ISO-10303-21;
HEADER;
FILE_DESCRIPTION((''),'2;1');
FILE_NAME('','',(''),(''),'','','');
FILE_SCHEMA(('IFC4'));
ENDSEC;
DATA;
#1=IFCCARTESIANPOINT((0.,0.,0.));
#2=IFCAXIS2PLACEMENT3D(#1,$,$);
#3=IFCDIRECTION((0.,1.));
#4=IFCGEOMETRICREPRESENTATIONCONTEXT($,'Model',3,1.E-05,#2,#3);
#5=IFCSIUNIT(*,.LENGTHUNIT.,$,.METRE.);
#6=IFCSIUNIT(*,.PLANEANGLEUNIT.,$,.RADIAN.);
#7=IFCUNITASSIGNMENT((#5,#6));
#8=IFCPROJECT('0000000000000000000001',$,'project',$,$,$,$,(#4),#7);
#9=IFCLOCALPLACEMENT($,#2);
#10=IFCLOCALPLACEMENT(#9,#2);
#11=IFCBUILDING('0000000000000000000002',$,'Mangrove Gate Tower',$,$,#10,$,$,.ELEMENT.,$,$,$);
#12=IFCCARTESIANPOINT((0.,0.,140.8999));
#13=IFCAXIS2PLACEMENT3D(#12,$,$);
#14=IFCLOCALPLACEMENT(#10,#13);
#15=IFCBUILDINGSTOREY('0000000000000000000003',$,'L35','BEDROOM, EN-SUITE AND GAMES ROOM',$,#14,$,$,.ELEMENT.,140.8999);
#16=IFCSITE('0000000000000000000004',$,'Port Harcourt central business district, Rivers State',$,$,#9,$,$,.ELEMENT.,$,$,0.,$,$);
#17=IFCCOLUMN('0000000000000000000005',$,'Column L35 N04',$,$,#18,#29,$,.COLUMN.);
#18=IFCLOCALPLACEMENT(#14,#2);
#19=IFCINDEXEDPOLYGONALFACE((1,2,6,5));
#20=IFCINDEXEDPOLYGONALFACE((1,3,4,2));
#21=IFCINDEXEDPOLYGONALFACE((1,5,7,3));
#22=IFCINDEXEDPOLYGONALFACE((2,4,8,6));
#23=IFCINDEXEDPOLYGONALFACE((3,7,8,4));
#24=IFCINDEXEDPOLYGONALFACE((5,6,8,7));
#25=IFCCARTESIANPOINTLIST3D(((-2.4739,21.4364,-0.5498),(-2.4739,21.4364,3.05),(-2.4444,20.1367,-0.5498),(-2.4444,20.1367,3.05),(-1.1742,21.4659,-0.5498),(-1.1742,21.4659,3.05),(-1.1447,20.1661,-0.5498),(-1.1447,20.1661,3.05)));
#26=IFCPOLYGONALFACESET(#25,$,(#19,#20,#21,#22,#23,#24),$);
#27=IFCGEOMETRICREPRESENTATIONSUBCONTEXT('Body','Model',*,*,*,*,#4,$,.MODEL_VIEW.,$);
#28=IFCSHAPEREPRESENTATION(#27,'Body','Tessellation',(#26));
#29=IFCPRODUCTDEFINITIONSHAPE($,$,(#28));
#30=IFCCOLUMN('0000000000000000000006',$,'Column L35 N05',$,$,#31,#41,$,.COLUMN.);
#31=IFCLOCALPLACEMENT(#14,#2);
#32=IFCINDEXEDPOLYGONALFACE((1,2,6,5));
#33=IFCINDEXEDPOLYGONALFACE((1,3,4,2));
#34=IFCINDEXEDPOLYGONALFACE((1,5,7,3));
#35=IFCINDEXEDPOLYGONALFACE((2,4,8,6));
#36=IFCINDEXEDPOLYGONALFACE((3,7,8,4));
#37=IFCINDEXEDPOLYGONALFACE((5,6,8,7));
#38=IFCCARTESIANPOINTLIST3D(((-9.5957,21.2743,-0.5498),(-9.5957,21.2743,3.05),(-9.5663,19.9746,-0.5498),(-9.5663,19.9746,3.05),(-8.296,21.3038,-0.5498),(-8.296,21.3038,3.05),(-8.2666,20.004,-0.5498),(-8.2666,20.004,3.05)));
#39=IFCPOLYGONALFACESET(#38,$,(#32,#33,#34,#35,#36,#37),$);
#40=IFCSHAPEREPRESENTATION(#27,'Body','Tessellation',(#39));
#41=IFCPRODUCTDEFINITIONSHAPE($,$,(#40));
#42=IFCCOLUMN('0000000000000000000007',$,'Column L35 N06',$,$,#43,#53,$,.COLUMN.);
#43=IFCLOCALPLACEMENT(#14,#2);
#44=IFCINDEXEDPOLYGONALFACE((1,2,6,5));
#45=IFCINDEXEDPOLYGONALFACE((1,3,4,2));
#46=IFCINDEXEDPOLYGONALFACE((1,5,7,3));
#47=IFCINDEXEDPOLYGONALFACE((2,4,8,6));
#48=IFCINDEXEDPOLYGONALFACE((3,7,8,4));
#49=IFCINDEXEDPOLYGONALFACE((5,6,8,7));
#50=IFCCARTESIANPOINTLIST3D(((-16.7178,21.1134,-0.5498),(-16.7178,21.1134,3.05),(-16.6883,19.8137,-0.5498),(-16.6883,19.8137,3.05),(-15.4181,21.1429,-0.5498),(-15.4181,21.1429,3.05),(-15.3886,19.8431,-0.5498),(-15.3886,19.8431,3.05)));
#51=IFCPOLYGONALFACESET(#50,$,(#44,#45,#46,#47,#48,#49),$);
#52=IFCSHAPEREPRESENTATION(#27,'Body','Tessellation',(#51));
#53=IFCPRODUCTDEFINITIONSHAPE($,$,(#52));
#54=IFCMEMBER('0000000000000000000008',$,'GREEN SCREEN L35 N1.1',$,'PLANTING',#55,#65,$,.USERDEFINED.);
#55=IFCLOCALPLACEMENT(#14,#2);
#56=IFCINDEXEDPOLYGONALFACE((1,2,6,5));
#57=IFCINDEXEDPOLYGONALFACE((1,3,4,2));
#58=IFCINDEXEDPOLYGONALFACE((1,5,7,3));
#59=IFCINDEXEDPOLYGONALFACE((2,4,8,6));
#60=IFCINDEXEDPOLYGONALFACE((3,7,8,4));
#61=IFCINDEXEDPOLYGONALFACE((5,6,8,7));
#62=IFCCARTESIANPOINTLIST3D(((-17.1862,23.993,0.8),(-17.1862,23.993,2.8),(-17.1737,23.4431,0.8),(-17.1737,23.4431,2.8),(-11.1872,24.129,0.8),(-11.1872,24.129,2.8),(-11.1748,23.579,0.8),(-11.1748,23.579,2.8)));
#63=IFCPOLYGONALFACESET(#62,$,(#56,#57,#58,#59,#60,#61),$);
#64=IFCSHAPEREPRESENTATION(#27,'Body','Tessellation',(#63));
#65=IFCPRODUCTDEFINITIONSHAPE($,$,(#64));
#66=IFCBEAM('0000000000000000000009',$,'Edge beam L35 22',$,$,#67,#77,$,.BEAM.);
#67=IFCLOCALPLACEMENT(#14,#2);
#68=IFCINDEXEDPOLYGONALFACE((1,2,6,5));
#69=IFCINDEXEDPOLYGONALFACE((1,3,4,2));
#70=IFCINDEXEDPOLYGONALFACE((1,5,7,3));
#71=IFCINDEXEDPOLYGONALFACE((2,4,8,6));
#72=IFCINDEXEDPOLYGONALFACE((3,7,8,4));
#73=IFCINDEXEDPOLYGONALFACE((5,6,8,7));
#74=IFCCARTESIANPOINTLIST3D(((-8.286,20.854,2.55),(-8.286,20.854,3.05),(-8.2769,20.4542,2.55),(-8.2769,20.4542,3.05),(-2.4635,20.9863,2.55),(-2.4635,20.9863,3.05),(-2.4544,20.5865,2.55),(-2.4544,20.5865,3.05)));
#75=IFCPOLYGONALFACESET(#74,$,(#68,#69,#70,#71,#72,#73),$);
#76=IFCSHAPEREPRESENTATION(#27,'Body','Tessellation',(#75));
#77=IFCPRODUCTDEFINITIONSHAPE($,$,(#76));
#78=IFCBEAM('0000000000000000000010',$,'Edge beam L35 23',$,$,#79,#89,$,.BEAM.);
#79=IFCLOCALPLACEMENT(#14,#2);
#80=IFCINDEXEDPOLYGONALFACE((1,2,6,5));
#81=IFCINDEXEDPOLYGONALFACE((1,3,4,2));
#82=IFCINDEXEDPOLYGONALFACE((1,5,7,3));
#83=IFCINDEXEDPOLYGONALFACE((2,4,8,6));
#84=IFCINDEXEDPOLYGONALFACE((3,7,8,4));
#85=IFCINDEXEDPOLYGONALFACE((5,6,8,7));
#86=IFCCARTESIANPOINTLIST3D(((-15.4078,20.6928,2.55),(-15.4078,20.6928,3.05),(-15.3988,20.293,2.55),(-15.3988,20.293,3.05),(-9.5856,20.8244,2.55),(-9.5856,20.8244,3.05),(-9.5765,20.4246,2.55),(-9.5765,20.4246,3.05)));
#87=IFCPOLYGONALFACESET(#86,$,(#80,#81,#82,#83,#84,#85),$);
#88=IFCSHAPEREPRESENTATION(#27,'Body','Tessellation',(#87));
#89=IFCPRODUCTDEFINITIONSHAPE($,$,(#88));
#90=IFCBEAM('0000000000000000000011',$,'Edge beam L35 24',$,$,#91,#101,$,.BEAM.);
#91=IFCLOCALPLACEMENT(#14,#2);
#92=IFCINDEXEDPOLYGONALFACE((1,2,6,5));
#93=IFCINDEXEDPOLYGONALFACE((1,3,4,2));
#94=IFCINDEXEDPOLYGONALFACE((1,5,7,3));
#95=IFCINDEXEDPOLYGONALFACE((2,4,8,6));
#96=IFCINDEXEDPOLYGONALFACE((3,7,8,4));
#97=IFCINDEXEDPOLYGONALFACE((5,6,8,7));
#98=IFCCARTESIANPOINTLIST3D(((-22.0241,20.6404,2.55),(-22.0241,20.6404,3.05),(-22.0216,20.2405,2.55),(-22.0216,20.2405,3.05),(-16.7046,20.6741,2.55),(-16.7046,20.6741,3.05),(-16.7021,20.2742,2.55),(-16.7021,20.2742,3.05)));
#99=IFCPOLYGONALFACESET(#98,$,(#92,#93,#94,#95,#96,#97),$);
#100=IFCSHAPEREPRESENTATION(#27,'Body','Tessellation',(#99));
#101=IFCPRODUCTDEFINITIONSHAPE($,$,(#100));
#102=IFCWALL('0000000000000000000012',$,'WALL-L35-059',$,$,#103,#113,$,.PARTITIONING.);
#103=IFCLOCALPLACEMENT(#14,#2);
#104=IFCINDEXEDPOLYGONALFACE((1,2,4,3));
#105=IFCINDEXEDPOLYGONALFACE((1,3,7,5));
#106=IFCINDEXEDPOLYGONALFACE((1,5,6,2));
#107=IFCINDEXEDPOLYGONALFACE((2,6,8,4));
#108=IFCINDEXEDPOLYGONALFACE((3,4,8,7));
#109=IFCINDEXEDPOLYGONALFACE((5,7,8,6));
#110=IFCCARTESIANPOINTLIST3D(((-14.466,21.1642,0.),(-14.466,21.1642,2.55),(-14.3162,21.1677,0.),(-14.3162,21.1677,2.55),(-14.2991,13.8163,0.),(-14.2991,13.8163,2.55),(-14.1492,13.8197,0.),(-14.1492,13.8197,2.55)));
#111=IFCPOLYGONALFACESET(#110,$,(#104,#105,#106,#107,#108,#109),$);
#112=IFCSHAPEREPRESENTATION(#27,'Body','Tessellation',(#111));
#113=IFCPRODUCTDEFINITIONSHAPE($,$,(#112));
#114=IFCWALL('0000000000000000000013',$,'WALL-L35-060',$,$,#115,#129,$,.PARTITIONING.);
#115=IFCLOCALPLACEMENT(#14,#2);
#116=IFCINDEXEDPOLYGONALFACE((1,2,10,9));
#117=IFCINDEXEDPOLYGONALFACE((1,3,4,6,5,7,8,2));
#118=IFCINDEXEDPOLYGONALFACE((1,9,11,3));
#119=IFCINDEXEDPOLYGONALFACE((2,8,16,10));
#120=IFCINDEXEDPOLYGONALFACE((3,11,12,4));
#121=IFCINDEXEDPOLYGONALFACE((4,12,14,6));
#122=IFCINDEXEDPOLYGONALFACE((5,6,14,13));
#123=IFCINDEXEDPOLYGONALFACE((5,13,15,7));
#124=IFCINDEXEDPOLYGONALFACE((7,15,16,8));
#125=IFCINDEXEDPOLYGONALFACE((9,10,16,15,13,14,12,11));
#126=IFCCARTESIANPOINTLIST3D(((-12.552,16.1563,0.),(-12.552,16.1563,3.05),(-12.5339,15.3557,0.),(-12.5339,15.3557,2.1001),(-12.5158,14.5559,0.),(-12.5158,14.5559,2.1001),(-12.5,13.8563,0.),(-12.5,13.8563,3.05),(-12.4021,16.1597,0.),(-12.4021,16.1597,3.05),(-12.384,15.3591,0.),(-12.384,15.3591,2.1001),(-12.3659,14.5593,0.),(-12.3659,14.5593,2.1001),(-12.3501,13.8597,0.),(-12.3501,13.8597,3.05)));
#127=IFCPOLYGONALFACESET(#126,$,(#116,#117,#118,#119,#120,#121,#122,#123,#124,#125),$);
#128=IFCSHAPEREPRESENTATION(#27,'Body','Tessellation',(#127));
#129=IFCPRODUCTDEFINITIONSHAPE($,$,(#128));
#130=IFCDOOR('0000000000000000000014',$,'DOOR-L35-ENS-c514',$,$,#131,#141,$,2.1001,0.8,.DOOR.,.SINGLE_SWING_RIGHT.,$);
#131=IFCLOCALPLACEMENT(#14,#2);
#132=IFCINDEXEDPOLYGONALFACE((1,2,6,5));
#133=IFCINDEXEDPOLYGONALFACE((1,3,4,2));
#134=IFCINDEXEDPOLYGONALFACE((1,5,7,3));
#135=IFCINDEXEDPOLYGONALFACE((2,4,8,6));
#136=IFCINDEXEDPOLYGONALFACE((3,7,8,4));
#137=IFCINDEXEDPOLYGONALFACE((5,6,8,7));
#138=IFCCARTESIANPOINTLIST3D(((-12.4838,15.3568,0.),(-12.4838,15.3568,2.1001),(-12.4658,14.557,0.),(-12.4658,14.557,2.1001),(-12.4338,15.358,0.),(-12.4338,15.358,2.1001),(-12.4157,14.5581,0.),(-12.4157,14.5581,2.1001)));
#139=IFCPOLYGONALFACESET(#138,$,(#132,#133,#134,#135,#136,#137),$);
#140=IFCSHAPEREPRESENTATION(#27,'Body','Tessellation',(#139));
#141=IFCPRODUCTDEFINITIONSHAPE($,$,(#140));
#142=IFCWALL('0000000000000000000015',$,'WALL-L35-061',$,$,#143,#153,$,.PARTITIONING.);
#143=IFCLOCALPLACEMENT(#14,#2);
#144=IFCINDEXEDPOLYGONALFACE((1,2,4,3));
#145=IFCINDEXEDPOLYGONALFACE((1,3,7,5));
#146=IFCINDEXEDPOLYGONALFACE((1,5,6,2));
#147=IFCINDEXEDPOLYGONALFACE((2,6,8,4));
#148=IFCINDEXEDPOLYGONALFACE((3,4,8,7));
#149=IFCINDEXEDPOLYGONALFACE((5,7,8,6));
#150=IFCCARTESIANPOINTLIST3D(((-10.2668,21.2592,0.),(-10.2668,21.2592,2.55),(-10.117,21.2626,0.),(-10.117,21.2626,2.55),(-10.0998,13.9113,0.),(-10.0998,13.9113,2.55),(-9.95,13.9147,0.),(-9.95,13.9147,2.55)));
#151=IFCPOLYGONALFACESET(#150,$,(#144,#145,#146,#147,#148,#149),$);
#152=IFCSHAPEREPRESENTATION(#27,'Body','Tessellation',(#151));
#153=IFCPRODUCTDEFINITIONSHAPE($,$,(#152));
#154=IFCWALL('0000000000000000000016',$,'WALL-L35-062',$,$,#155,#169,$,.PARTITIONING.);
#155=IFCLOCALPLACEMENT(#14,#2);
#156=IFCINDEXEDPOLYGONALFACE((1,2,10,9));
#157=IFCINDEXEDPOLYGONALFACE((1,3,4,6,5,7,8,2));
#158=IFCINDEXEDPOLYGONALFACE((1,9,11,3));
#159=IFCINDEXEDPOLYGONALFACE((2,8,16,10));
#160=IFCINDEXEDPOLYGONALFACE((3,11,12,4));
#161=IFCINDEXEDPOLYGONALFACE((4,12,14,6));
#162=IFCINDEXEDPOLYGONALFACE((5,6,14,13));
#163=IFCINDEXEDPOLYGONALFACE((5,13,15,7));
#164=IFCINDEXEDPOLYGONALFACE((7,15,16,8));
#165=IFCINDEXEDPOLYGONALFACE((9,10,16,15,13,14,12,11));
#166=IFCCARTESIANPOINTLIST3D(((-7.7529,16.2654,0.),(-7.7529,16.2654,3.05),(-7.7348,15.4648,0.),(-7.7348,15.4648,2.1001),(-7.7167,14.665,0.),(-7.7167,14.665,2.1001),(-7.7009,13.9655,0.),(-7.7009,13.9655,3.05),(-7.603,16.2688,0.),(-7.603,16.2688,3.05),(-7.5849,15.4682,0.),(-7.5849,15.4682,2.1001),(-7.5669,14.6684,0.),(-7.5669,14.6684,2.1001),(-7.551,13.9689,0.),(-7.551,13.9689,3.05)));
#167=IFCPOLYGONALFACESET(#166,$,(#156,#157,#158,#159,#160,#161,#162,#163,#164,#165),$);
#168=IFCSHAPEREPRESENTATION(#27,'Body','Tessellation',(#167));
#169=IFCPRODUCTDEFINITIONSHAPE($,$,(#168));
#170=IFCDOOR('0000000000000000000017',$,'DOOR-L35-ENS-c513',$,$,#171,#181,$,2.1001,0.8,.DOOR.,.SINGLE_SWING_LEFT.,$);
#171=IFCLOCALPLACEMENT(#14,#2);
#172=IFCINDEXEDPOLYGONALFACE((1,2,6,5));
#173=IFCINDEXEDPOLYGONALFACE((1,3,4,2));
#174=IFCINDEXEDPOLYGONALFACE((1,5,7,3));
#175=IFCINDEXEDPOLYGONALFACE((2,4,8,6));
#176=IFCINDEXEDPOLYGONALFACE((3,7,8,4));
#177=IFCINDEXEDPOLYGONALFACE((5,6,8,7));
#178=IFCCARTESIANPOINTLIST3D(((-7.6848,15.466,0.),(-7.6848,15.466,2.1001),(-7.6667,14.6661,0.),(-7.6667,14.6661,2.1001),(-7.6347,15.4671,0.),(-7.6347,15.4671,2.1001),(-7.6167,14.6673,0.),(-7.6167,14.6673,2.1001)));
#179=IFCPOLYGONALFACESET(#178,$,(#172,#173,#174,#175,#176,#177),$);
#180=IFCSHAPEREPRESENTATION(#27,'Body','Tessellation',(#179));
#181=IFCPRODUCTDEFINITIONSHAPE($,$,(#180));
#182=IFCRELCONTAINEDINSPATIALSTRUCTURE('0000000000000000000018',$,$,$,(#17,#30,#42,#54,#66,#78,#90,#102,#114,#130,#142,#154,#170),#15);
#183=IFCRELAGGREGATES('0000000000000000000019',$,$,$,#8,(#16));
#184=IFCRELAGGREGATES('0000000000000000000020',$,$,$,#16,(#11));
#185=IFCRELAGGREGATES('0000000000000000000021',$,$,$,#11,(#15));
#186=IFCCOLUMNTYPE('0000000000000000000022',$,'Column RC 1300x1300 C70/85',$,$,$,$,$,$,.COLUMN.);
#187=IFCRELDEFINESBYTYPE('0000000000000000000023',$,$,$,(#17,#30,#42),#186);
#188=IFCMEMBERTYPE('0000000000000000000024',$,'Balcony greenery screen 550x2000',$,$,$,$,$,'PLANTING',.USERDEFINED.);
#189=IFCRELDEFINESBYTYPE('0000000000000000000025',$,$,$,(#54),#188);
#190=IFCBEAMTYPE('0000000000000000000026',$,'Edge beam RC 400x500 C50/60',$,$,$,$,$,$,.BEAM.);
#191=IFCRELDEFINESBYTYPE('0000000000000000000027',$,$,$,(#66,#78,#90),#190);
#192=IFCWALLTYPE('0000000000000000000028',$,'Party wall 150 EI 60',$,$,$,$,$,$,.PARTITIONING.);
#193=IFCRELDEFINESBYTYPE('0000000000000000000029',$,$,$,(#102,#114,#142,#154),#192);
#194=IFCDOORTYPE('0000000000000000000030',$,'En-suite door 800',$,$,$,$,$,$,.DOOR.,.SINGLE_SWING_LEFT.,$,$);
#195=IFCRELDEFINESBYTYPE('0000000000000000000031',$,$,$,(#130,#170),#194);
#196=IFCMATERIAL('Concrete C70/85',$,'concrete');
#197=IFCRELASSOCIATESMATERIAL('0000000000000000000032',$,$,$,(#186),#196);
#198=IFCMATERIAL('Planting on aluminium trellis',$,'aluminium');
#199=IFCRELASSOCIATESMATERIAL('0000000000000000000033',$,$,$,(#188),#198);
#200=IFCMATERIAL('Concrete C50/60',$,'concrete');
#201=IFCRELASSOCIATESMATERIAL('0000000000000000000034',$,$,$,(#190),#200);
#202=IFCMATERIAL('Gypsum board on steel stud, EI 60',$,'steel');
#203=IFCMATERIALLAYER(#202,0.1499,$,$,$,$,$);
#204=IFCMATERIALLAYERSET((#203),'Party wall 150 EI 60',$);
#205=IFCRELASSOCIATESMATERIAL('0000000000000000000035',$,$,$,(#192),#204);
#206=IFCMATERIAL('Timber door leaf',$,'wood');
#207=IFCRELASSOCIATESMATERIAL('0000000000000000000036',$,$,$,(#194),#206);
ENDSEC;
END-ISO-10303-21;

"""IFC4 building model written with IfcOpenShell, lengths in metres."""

from ifc_helpers import new_model, si_unit, direction, frame, frame_2d, origin, origin_2d, place, context, subcontext, project, spatial, rectangle, extrude, material, layer, layer_set, material_profile, profile_set, type_object, element, fill, save


model = new_model("IFC4")

# Units and contexts
model_context = context("Model", 3, precision=1e-05, world=origin(), true_north=direction((0.0, 1.0)))
body_context = subcontext(model_context, "Body", "Model", "MODEL_VIEW")
ifc_project = project(units=[si_unit("LENGTHUNIT", "METRE"), si_unit("PLANEANGLEUNIT", "RADIAN")], contexts=[model_context])

# Site, building, storey
site_placement = place(None, origin())
site = spatial("IfcSite", under=ifc_project, at=site_placement, Name="Port Harcourt central business district, Rivers State", CompositionType="ELEMENT", RefElevation=0.0)
building_placement = place(site_placement, origin())
building = spatial("IfcBuilding", under=site, at=building_placement, Name="Mangrove Gate Tower", CompositionType="ELEMENT")
storey_placement = place(building_placement, frame((0.0, 0.0, 140.8999)))
storey = spatial("IfcBuildingStorey", under=building, at=storey_placement, Name="L35", Description="BEDROOM, EN-SUITE AND GAMES ROOM", CompositionType="ELEMENT", Elevation=140.8999)

# Columns
ifc_material_1 = material(Name="Concrete C70/85", Category="concrete")
ifc_material_profile_1 = material_profile(ifc_material_1, rectangle(XDim=1.3, YDim=1.3, at=origin_2d()))
ifc_profile_set_1 = profile_set([ifc_material_profile_1], Name="Concrete C70/85")
column_type = type_object("IfcColumnType", Name="Column RC 1300x1300 C70/85", PredefinedType="COLUMN", material=ifc_profile_set_1)
for number, where, z_axis, x_axis, name in (
    (1, (-1.8093, 20.8013, -0.5498), (0.0, 0.0, 1.0), (-0.999743, -0.02267, 0.0), "Column L35 N04"),
    (2, (-8.9312, 20.6392, -0.5498), (0.0, 0.0, 1.0), (-0.999743, -0.02267, 0.0), "Column L35 N05"),
    (3, (-16.0532, 20.4783, -0.5498), (0.0, 0.0, 1.0), (-0.999743, -0.022669, 0.0), "Column L35 N06"),
):
    element("IfcColumn", number, at=place(storey_placement, frame(where, z_axis=z_axis, x_axis=x_axis)), inside=storey, type_object=column_type, Name=name, PredefinedType="COLUMN", context=body_context, shape_type="SweptSolid", body=[
        extrude(rectangle(XDim=1.3, YDim=1.3, at=origin_2d()), origin(), (0.0, 0.0, 1.0), 3.5999),
    ])

# Member
ifc_material_2 = material(Name="Planting on aluminium trellis", Category="aluminium")
ifc_material_profile_2 = material_profile(ifc_material_2, rectangle(XDim=0.55, YDim=2.0, at=origin_2d()))
ifc_profile_set_2 = profile_set([ifc_material_profile_2], Name="Planting on aluminium trellis")
member_type = type_object("IfcMemberType", Name="Balcony greenery screen 550x2000", ElementType="PLANTING", PredefinedType="USERDEFINED", material=ifc_profile_set_2)
member_placement = place(storey_placement, frame((-17.1799, 23.718, 1.8), z_axis=(0.999743, 0.022662, 0.0), x_axis=(-0.022662, 0.999743, 0.0)))
element("IfcMember", 4, at=member_placement, inside=storey, type_object=member_type, Name="GREEN SCREEN L35 N1.1", ObjectType="PLANTING", PredefinedType="USERDEFINED", context=body_context, shape_type="SweptSolid", body=[
    extrude(rectangle(XDim=0.55, YDim=2.0, at=origin_2d()), origin(), (0.0, 0.0, 1.0), 6.0005),
])

# Beams
ifc_material_3 = material(Name="Concrete C50/60", Category="concrete")
ifc_material_profile_3 = material_profile(ifc_material_3, rectangle(XDim=0.3999, YDim=0.5, at=origin_2d()))
ifc_profile_set_3 = profile_set([ifc_material_profile_3], Name="Concrete C50/60")
beam_type = type_object("IfcBeamType", Name="Edge beam RC 400x500 C50/60", PredefinedType="BEAM", material=ifc_profile_set_3)
beam_1_placement = place(storey_placement, frame((-2.459, 20.7864, 2.8), z_axis=(-0.999742, -0.02272, 0.0), x_axis=(0.02272, -0.999742, 0.0)))
element("IfcBeam", 5, at=beam_1_placement, inside=storey, type_object=beam_type, Name="Edge beam L35 22", PredefinedType="BEAM", context=body_context, shape_type="SweptSolid", body=[
    extrude(rectangle(XDim=0.3999, YDim=0.5, at=origin_2d()), origin(), (0.0, 0.0, 1.0), 5.824),
])
beam_2_placement = place(storey_placement, frame((-9.5811, 20.6245, 2.8), z_axis=(-0.999745, -0.022596, 0.0), x_axis=(0.022596, -0.999745, 0.0)))
element("IfcBeam", 6, at=beam_2_placement, inside=storey, type_object=beam_type, Name="Edge beam L35 23", PredefinedType="BEAM", context=body_context, shape_type="SweptSolid", body=[
    extrude(rectangle(XDim=0.3999, YDim=0.5, at=origin_2d()), origin(), (0.0, 0.0, 1.0), 5.8237),
])
beam_3_placement = place(storey_placement, frame((-16.7034, 20.4741, 2.8), z_axis=(-0.99998, -0.006333, 0.0), x_axis=(0.006333, -0.99998, 0.0)))
element("IfcBeam", 7, at=beam_3_placement, inside=storey, type_object=beam_type, Name="Edge beam L35 24", PredefinedType="BEAM", context=body_context, shape_type="SweptSolid", body=[
    extrude(rectangle(XDim=0.3999, YDim=0.5, at=origin_2d()), origin(), (0.0, 0.0, 1.0), 5.3196),
])

# Wall
ifc_material_4 = material(Name="Gypsum board on steel stud, EI 60", Category="steel")
ifc_layer_1 = layer(ifc_material_4, 0.1499)
ifc_layer_set_1 = layer_set([ifc_layer_1], Name="Party wall 150 EI 60")
wall_type_1 = type_object("IfcWallType", Name="Party wall 150 EI 60", PredefinedType="PARTITIONING", material=ifc_layer_set_1)
wall_1_placement = place(storey_placement, frame((-14.2241, 13.8181, 0.0), z_axis=(0.0, 0.0, 1.0), x_axis=(-0.022721, 0.999742, 0.0)))
element("IfcWall", 8, at=wall_1_placement, inside=storey, type_object=wall_type_1, Name="WALL-L35-059", PredefinedType="PARTITIONING", context=body_context, shape_type="SweptSolid", body=[
    extrude(rectangle(XDim=7.3499, YDim=0.1499, at=frame_2d((3.6748, 0.0))), origin(), (0.0, 0.0, 1.0), 2.55),
])

# Wall, opening, door
wall_2_placement = place(storey_placement, frame((-12.425, 13.8579, 0.0), z_axis=(0.0, 0.0, 1.0), x_axis=(-0.022603, 0.999745, 0.0)))
wall_2 = element("IfcWall", 9, at=wall_2_placement, inside=storey, type_object=wall_type_1, Name="WALL-L35-060", PredefinedType="PARTITIONING", context=body_context, shape_type="SweptSolid", body=[
    extrude(rectangle(XDim=2.3005, YDim=0.1499, at=frame_2d((1.1504, 0.0))), origin(), (0.0, 0.0, 1.0), 3.05),
])
opening_1_placement = place(wall_2_placement, frame((0.7, 0.0, 0.0)))
opening_1 = element("IfcOpeningElement", 10, at=opening_1_placement, cuts=wall_2, PredefinedType="OPENING", context=body_context, shape_type="SweptSolid", body=[
    extrude(rectangle(XDim=0.8, YDim=2.1001, at=frame_2d((0.3999, 1.05))), frame((0.0, 0.085, 0.0), z_axis=(0.0, -1.0, 0.0), x_axis=(1.0, 0.0, 0.0)), (0.0, 0.0, 1.0), 0.1699),
])
ifc_material_5 = material(Name="Timber door leaf", Category="wood")
door_type = type_object("IfcDoorType", Name="En-suite door 800", OperationType="SINGLE_SWING_LEFT", PredefinedType="DOOR", material=ifc_material_5)
door_1_placement = place(opening_1_placement, origin())
door_1 = element("IfcDoor", 11, at=door_1_placement, inside=storey, type_object=door_type, Name="DOOR-L35-ENS-c514", OperationType="SINGLE_SWING_RIGHT", OverallHeight=2.1001, OverallWidth=0.8, PredefinedType="DOOR", context=body_context, shape_type="SweptSolid", body=[
    extrude(rectangle(XDim=0.8, YDim=2.1001, at=frame_2d((0.3999, 1.05))), frame((0.0, 0.0249, 0.0), z_axis=(0.0, -1.0, 0.0), x_axis=(1.0, 0.0, 0.0)), (0.0, 0.0, 1.0), 0.05),
])
fill(opening_1, door_1)

# Wall
wall_3_placement = place(storey_placement, frame((-10.0249, 13.9131, 0.0), z_axis=(0.0, 0.0, 1.0), x_axis=(-0.022721, 0.999742, 0.0)))
element("IfcWall", 12, at=wall_3_placement, inside=storey, type_object=wall_type_1, Name="WALL-L35-061", PredefinedType="PARTITIONING", context=body_context, shape_type="SweptSolid", body=[
    extrude(rectangle(XDim=7.3499, YDim=0.1499, at=frame_2d((3.6748, 0.0))), origin(), (0.0, 0.0, 1.0), 2.55),
])

# Wall, opening, door
wall_4_placement = place(storey_placement, frame((-7.626, 13.967, 0.0), z_axis=(0.0, 0.0, 1.0), x_axis=(-0.022603, 0.999745, 0.0)))
wall_4 = element("IfcWall", 13, at=wall_4_placement, inside=storey, type_object=wall_type_1, Name="WALL-L35-062", PredefinedType="PARTITIONING", context=body_context, shape_type="SweptSolid", body=[
    extrude(rectangle(XDim=2.3005, YDim=0.1499, at=frame_2d((1.1504, 0.0))), origin(), (0.0, 0.0, 1.0), 3.05),
])
opening_2_placement = place(wall_4_placement, frame((0.7, 0.0, 0.0)))
opening_2 = element("IfcOpeningElement", 14, at=opening_2_placement, cuts=wall_4, PredefinedType="OPENING", context=body_context, shape_type="SweptSolid", body=[
    extrude(rectangle(XDim=0.8, YDim=2.1001, at=frame_2d((0.3999, 1.05))), frame((0.0, 0.085, 0.0), z_axis=(0.0, -1.0, 0.0), x_axis=(1.0, 0.0, 0.0)), (0.0, 0.0, 1.0), 0.1699),
])
door_2_placement = place(opening_2_placement, origin())
door_2 = element("IfcDoor", 15, at=door_2_placement, inside=storey, type_object=door_type, Name="DOOR-L35-ENS-c513", OperationType="SINGLE_SWING_LEFT", OverallHeight=2.1001, OverallWidth=0.8, PredefinedType="DOOR", context=body_context, shape_type="SweptSolid", body=[
    extrude(rectangle(XDim=0.8, YDim=2.1001, at=frame_2d((0.3999, 1.05))), frame((0.0, 0.0249, 0.0), z_axis=(0.0, -1.0, 0.0), x_axis=(1.0, 0.0, 0.0)), (0.0, 0.0, 1.0), 0.05),
])
fill(opening_2, door_2)

save(model, "model.ifc")
